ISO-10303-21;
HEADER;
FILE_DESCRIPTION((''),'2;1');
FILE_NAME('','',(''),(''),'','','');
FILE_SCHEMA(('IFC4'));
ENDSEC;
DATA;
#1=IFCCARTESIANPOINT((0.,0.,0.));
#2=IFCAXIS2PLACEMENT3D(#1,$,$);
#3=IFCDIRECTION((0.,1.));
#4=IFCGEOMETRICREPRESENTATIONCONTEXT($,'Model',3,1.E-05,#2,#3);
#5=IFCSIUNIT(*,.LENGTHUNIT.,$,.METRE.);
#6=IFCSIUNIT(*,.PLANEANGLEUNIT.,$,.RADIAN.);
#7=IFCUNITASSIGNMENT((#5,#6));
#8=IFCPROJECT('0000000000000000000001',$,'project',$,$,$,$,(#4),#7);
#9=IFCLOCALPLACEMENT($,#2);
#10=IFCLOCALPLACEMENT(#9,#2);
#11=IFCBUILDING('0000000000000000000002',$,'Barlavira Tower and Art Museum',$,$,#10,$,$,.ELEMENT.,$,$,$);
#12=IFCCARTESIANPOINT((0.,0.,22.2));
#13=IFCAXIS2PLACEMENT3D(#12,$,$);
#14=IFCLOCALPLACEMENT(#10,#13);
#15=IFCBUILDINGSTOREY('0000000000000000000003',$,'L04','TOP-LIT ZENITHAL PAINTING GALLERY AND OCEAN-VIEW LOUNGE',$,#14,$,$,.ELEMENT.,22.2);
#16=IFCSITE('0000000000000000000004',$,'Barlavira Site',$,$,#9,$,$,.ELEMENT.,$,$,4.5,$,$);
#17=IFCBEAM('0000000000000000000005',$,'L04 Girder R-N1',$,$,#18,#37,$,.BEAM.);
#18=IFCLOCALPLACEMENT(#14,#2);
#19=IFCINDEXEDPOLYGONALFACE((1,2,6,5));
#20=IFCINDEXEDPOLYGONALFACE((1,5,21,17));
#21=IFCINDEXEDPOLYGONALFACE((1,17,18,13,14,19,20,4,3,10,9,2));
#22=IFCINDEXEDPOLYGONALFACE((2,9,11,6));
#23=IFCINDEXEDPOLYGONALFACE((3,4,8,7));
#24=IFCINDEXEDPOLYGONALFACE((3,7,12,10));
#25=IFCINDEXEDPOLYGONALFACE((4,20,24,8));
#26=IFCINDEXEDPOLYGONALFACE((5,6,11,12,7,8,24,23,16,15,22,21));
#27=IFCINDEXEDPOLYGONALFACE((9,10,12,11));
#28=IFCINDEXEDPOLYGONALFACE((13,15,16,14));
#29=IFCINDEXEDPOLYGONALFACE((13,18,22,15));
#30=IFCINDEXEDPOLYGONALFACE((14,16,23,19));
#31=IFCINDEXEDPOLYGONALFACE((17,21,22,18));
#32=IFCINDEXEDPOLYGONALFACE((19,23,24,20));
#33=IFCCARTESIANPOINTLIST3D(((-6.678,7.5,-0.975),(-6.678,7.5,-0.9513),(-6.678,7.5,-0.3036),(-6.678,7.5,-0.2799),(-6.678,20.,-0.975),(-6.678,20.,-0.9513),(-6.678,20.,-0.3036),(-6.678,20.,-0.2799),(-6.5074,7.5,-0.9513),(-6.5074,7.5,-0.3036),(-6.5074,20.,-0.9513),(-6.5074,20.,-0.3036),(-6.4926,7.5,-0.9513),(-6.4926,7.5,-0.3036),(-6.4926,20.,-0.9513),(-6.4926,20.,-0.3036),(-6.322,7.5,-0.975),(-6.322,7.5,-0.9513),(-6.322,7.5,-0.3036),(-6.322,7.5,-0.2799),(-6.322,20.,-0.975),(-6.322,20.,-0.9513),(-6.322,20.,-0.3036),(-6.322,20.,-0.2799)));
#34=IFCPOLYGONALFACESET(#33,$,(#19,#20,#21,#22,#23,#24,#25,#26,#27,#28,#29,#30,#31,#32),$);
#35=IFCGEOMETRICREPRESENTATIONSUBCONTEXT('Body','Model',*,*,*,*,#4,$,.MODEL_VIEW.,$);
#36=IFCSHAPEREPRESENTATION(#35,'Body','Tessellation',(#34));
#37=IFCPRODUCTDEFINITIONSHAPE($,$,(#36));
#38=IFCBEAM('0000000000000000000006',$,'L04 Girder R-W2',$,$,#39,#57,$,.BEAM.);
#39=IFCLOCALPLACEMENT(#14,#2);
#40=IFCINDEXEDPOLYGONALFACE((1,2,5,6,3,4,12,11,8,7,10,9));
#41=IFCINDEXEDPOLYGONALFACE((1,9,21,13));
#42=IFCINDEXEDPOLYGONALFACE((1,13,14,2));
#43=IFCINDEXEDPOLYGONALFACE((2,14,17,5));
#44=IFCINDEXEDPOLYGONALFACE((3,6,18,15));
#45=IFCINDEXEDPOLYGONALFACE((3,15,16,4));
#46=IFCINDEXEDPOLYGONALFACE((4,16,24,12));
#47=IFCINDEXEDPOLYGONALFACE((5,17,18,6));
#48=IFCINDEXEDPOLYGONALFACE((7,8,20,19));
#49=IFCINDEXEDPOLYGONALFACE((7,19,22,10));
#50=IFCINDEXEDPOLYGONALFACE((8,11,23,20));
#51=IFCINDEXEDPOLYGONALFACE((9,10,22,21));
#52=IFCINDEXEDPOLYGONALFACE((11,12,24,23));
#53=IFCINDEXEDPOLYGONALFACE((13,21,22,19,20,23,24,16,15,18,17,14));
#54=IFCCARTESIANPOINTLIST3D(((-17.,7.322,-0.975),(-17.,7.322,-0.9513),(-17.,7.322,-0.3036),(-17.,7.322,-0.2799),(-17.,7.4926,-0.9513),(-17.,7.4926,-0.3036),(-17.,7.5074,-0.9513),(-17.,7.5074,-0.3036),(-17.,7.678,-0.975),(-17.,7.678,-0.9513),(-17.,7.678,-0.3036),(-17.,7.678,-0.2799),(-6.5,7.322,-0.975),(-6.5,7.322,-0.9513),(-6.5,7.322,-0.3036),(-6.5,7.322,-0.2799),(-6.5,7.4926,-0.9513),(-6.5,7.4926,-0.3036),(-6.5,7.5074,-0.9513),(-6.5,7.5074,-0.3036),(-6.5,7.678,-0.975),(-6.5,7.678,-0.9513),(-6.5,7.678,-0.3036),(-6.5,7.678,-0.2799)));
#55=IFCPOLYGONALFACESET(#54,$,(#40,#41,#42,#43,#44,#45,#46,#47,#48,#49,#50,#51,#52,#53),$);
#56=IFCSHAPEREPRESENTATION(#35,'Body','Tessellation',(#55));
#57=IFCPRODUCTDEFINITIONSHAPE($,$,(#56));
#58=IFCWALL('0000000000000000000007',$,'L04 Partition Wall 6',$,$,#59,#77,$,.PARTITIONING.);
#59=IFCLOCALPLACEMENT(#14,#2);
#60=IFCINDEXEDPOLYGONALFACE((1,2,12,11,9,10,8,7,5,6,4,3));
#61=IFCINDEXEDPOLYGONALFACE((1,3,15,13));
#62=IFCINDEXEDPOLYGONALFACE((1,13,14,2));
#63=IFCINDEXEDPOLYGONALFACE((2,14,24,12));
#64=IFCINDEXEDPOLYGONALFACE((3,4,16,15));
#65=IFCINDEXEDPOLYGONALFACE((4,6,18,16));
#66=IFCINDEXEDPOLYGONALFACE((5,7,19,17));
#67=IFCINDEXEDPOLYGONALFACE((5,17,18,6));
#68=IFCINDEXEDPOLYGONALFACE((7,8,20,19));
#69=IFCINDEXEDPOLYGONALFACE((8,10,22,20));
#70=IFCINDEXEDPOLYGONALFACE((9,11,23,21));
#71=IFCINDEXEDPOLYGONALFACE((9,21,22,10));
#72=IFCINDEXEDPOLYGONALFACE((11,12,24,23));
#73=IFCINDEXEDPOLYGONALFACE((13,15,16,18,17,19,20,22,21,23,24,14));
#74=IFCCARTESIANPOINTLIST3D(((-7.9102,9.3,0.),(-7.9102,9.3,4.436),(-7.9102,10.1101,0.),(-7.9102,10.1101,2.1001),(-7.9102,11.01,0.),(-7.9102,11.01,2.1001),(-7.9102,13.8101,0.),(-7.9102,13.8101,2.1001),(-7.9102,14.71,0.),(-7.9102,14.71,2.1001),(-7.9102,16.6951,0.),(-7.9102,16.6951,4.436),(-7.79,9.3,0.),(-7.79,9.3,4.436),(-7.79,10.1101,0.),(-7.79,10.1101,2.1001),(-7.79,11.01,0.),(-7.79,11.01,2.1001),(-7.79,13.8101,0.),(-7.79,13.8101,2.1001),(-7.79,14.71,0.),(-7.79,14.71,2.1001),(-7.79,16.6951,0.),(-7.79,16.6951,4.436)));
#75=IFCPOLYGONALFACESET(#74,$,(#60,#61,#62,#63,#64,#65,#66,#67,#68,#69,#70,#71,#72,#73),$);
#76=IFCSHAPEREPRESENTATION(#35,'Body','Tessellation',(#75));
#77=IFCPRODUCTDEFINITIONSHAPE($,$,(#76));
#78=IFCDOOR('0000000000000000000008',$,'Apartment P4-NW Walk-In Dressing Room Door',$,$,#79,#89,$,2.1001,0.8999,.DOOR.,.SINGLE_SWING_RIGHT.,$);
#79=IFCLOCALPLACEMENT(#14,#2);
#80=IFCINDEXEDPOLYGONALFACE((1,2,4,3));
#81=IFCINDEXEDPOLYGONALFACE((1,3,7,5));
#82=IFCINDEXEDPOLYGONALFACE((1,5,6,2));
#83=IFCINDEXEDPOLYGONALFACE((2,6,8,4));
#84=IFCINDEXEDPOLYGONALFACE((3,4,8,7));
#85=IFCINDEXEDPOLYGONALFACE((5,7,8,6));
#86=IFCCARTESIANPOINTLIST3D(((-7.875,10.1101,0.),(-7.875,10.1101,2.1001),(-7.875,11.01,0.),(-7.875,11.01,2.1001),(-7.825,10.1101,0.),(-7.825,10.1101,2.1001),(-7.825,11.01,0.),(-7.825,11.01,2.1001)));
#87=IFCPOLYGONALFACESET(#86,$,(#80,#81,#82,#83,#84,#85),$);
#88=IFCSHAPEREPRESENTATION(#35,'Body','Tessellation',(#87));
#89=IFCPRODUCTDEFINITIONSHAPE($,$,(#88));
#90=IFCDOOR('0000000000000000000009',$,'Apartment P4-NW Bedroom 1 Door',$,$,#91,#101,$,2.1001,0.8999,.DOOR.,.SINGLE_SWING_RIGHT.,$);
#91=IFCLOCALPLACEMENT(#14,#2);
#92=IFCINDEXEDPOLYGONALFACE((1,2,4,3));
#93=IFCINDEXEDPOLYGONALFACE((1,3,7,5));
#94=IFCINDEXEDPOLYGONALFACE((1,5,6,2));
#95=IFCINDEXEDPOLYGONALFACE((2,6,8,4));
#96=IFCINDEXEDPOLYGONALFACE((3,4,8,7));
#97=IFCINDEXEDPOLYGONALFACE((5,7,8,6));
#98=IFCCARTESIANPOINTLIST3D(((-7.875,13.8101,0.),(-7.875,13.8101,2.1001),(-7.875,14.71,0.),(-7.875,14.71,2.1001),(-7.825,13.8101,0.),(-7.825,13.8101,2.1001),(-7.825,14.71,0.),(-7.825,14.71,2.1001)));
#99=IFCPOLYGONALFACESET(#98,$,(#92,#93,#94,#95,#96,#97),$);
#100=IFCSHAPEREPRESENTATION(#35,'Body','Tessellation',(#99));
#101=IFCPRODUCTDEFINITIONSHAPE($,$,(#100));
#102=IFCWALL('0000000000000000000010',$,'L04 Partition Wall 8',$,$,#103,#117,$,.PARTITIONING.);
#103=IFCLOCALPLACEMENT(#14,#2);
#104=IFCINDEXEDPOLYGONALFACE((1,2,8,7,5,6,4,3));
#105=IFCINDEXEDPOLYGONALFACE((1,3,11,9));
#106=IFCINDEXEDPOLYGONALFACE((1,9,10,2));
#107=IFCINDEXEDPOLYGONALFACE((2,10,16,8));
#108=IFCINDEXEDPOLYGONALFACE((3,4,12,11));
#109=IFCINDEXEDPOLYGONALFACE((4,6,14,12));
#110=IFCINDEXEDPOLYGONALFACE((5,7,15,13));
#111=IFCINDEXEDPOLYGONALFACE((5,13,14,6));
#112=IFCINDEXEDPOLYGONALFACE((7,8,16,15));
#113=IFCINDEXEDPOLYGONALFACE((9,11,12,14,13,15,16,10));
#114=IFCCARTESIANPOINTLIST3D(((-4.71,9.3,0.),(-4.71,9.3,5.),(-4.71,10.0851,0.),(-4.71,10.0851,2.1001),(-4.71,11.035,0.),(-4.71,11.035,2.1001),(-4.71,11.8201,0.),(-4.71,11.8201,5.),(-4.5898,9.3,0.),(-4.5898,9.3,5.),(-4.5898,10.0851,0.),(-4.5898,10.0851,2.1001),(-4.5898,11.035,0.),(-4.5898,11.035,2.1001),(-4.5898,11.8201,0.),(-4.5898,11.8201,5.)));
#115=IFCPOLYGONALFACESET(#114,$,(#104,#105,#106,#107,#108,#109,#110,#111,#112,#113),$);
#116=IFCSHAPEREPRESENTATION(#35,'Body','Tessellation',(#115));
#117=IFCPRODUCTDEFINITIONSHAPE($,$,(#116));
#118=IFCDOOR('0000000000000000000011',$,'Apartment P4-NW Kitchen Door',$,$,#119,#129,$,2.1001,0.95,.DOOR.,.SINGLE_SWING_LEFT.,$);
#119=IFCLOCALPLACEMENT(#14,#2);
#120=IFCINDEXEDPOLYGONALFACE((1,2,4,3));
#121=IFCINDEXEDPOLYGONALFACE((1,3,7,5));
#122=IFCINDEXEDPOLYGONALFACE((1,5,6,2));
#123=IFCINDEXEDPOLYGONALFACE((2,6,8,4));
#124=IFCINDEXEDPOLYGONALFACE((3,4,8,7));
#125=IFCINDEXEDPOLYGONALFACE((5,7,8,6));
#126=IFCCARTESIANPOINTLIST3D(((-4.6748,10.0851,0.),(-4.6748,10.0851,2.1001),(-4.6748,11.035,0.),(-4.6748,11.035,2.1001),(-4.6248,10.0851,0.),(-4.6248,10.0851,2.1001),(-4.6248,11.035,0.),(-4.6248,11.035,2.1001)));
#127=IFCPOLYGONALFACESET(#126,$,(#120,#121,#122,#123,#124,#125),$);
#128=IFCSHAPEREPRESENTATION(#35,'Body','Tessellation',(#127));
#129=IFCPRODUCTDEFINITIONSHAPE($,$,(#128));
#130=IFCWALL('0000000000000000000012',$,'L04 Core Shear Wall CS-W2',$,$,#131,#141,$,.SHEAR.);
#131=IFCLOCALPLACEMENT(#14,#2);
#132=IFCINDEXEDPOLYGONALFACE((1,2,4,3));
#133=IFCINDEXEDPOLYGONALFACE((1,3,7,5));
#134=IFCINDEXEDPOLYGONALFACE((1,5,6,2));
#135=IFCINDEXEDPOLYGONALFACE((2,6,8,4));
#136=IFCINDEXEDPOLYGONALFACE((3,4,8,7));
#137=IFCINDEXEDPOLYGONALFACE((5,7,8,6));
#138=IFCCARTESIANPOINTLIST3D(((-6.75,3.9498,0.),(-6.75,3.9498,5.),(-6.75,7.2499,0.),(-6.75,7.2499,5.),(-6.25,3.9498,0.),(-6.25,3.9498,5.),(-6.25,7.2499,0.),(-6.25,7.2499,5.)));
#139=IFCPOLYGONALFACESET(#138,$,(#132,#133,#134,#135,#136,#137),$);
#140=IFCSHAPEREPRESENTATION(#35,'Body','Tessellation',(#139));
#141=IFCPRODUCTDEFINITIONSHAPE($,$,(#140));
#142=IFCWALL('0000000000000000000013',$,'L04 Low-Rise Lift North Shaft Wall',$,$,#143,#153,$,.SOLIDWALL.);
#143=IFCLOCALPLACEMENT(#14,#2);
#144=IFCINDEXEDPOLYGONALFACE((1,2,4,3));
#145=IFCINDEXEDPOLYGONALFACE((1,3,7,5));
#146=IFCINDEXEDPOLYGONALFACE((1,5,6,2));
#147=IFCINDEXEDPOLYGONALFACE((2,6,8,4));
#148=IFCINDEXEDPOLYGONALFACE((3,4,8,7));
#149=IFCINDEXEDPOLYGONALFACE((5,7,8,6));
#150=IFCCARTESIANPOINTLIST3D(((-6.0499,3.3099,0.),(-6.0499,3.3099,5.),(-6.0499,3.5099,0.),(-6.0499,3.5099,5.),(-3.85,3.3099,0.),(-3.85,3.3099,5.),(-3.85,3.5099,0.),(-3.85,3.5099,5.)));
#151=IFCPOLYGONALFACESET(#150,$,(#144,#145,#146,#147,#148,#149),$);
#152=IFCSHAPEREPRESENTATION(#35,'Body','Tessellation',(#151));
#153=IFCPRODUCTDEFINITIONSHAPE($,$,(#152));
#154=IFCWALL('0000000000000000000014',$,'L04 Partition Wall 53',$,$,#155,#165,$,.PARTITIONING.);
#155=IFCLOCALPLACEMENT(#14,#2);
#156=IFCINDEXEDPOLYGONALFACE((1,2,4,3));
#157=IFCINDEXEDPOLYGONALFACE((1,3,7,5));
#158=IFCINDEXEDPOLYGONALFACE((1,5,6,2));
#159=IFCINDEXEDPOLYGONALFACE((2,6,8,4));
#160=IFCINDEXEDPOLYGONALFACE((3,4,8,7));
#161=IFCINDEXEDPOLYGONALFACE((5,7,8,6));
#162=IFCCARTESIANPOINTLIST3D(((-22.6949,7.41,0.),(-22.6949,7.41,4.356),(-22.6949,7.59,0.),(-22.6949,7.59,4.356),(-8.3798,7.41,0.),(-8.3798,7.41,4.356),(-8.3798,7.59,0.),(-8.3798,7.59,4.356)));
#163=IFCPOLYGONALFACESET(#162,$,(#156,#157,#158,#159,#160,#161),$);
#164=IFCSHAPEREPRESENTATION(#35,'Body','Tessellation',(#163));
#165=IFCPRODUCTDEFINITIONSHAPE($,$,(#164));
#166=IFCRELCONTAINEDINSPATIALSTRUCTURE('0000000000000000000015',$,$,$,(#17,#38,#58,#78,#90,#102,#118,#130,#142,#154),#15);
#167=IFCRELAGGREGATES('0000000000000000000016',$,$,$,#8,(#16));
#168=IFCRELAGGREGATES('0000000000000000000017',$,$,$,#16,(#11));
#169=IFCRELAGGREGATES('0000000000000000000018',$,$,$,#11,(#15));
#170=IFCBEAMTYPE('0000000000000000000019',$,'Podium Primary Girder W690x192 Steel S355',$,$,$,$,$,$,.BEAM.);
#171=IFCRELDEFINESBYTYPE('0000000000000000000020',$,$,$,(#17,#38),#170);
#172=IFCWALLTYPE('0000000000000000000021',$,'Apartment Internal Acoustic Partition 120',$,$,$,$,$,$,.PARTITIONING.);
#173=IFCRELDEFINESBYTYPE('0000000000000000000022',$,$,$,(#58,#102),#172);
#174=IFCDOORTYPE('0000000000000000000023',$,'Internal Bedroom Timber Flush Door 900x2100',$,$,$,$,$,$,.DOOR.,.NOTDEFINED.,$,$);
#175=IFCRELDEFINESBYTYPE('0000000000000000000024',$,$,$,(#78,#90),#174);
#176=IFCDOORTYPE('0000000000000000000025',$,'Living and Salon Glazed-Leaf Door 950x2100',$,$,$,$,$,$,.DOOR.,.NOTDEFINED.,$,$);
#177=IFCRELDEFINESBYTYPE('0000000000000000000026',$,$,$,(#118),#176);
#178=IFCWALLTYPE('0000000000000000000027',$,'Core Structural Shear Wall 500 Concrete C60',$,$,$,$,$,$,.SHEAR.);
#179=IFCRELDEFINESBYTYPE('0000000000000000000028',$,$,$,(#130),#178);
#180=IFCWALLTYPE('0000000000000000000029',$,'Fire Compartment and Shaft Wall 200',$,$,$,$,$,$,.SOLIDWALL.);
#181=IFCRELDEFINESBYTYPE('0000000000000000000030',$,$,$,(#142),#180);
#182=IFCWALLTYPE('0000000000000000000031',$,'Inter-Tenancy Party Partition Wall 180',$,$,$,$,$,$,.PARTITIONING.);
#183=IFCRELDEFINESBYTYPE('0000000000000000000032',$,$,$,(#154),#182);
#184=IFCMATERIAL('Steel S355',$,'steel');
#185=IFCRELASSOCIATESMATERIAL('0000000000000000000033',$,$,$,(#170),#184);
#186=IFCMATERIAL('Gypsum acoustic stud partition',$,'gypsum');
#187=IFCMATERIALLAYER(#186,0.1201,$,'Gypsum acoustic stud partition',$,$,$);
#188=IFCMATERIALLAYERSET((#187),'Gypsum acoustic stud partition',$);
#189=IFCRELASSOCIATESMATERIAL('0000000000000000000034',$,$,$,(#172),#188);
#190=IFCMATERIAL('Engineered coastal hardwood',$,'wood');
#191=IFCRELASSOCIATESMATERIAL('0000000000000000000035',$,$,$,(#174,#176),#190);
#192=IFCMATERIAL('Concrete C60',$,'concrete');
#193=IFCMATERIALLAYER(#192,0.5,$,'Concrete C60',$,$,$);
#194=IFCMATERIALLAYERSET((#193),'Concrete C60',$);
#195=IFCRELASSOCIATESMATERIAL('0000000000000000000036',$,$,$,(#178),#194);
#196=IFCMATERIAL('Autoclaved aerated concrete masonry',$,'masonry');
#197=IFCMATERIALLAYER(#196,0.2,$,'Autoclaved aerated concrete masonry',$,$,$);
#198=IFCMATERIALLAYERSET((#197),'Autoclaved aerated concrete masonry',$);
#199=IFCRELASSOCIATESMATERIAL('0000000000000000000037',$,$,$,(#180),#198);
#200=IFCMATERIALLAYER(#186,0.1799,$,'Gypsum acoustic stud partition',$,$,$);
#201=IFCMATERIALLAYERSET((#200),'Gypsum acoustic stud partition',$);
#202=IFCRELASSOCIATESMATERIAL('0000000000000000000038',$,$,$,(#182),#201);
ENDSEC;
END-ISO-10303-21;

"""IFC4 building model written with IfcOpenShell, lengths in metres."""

from ifc_helpers import new_model, si_unit, direction, frame, frame_2d, origin, origin_2d, place, context, subcontext, project, spatial, rectangle, i_section, extrude, material, layer, layer_set, material_profile, profile_set, type_object, element, fill, save


model = new_model("IFC4")

# Units and contexts
model_context = context("Model", 3, precision=1e-05, world=origin(), true_north=direction((0.0, 1.0)))
body_context = subcontext(model_context, "Body", "Model", "MODEL_VIEW")
ifc_project = project(units=[si_unit("LENGTHUNIT", "METRE"), si_unit("PLANEANGLEUNIT", "RADIAN")], contexts=[model_context])

# Site, building, storey
site_placement = place(None, origin())
site = spatial("IfcSite", under=ifc_project, at=site_placement, Name="Barlavira Site", CompositionType="ELEMENT", RefElevation=4.5)
building_placement = place(site_placement, origin())
building = spatial("IfcBuilding", under=site, at=building_placement, Name="Barlavira Tower and Art Museum", CompositionType="ELEMENT")
storey_placement = place(building_placement, frame((0.0, 0.0, 22.2)))
storey = spatial("IfcBuildingStorey", under=building, at=storey_placement, Name="L04", Description="TOP-LIT ZENITHAL PAINTING GALLERY AND OCEAN-VIEW LOUNGE", CompositionType="ELEMENT", Elevation=22.2)

# Shared definitions
ifc_material_1 = material(Name="Steel S355", Category="steel")
ifc_material_2 = material(Name="Concrete C60", Category="concrete")

# Beams
ifc_material_profile_1 = material_profile(ifc_material_1, i_section(OverallWidth=0.356, OverallDepth=0.6951, WebThickness=0.0149, FlangeThickness=0.0237, at=origin_2d()), Name="W690x192.0")
ifc_profile_set_1 = profile_set([ifc_material_profile_1], Name="Steel S355")
beam_type_1 = type_object("IfcBeamType", Name="Podium Primary Girder W690x192 Steel S355", PredefinedType="BEAM", material=ifc_profile_set_1)
beam_1_placement = place(storey_placement, frame((-6.5, 7.5, -0.6274), z_axis=(0.0, 1.0, 0.0), x_axis=(-1.0, 0.0, 0.0)))
element("IfcBeam", 1, at=beam_1_placement, inside=storey, type_object=beam_type_1, Name="L04 Girder R-N1", PredefinedType="BEAM", context=body_context, shape_type="SweptSolid", body=[
    extrude(i_section(OverallWidth=0.356, OverallDepth=0.6951, WebThickness=0.0149, FlangeThickness=0.0237, at=origin_2d()), origin(), (0.0, 0.0, 1.0), 12.5),
])
beam_2_placement = place(storey_placement, frame((-17.0, 7.5, -0.6274), z_axis=(1.0, 0.0, 0.0), x_axis=(0.0, 1.0, 0.0)))
element("IfcBeam", 2, at=beam_2_placement, inside=storey, type_object=beam_type_1, Name="L04 Girder R-W2", PredefinedType="BEAM", context=body_context, shape_type="SweptSolid", body=[
    extrude(i_section(OverallWidth=0.356, OverallDepth=0.6951, WebThickness=0.0149, FlangeThickness=0.0237, at=origin_2d()), origin(), (0.0, 0.0, 1.0), 10.5),
])

# Wall, openings, doors
ifc_material_3 = material(Name="Gypsum acoustic stud partition", Category="gypsum")
ifc_layer_1 = layer(ifc_material_3, 0.1201, Name="Gypsum acoustic stud partition")
ifc_layer_set_1 = layer_set([ifc_layer_1], Name="Gypsum acoustic stud partition")
wall_type_1 = type_object("IfcWallType", Name="Apartment Internal Acoustic Partition 120", PredefinedType="PARTITIONING", material=ifc_layer_set_1)
wall_1_placement = place(storey_placement, frame((-7.8501, 9.3, 0.0), z_axis=(0.0, 0.0, 1.0), x_axis=(0.0, 1.0, 0.0)))
wall_1 = element("IfcWall", 3, at=wall_1_placement, inside=storey, type_object=wall_type_1, Name="L04 Partition Wall 6", PredefinedType="PARTITIONING", context=body_context, shape_type="SweptSolid", body=[
    extrude(rectangle(XDim=7.395, YDim=0.1201, at=frame_2d((3.6975, 0.0))), origin(), (0.0, 0.0, 1.0), 4.436),
])
opening_1_placement = place(wall_1_placement, frame((0.8101, 0.0, 0.0)))
opening_1 = element("IfcOpeningElement", 4, at=opening_1_placement, cuts=wall_1, PredefinedType="OPENING", context=body_context, shape_type="SweptSolid", body=[
    extrude(rectangle(XDim=0.8999, YDim=2.1001, at=frame_2d((0.45, 1.05))), frame((0.0, 0.0701, 0.0), z_axis=(0.0, -1.0, 0.0), x_axis=(1.0, 0.0, 0.0)), (0.0, 0.0, 1.0), 0.1401),
])
opening_2_placement = place(wall_1_placement, frame((4.51, 0.0, 0.0)))
opening_2 = element("IfcOpeningElement", 5, at=opening_2_placement, cuts=wall_1, PredefinedType="OPENING", context=body_context, shape_type="SweptSolid", body=[
    extrude(rectangle(XDim=0.8999, YDim=2.1001, at=frame_2d((0.45, 1.05))), frame((0.0, 0.0701, 0.0), z_axis=(0.0, -1.0, 0.0), x_axis=(1.0, 0.0, 0.0)), (0.0, 0.0, 1.0), 0.1401),
])
ifc_material_4 = material(Name="Engineered coastal hardwood", Category="wood")
door_type_1 = type_object("IfcDoorType", Name="Internal Bedroom Timber Flush Door 900x2100", OperationType="NOTDEFINED", PredefinedType="DOOR", material=ifc_material_4)
door_1_placement = place(opening_1_placement, origin())
door_1 = element("IfcDoor", 6, at=door_1_placement, inside=storey, type_object=door_type_1, Name="Apartment P4-NW Walk-In Dressing Room Door", OperationType="SINGLE_SWING_RIGHT", OverallHeight=2.1001, OverallWidth=0.8999, PredefinedType="DOOR", context=body_context, shape_type="SweptSolid", body=[
    extrude(rectangle(XDim=0.8999, YDim=2.1001, at=frame_2d((0.45, 1.05))), frame((0.0, 0.0249, 0.0), z_axis=(0.0, -1.0, 0.0), x_axis=(1.0, 0.0, 0.0)), (0.0, 0.0, 1.0), 0.05),
])
fill(opening_1, door_1)
door_2_placement = place(opening_2_placement, origin())
door_2 = element("IfcDoor", 7, at=door_2_placement, inside=storey, type_object=door_type_1, Name="Apartment P4-NW Bedroom 1 Door", OperationType="SINGLE_SWING_RIGHT", OverallHeight=2.1001, OverallWidth=0.8999, PredefinedType="DOOR", context=body_context, shape_type="SweptSolid", body=[
    extrude(rectangle(XDim=0.8999, YDim=2.1001, at=frame_2d((0.45, 1.05))), frame((0.0, 0.0249, 0.0), z_axis=(0.0, -1.0, 0.0), x_axis=(1.0, 0.0, 0.0)), (0.0, 0.0, 1.0), 0.05),
])
fill(opening_2, door_2)

# Wall, opening, door
wall_2_placement = place(storey_placement, frame((-4.6499, 9.3, 0.0), z_axis=(0.0, 0.0, 1.0), x_axis=(0.0, 1.0, 0.0)))
wall_2 = element("IfcWall", 8, at=wall_2_placement, inside=storey, type_object=wall_type_1, Name="L04 Partition Wall 8", PredefinedType="PARTITIONING", context=body_context, shape_type="SweptSolid", body=[
    extrude(rectangle(XDim=2.52, YDim=0.1201, at=frame_2d((1.26, 0.0))), origin(), (0.0, 0.0, 1.0), 5.0),
])
opening_3_placement = place(wall_2_placement, frame((0.7849, 0.0, 0.0)))
opening_3 = element("IfcOpeningElement", 9, at=opening_3_placement, cuts=wall_2, PredefinedType="OPENING", context=body_context, shape_type="SweptSolid", body=[
    extrude(rectangle(XDim=0.95, YDim=2.1001, at=frame_2d((0.4751, 1.05))), frame((0.0, 0.0701, 0.0), z_axis=(0.0, -1.0, 0.0), x_axis=(1.0, 0.0, 0.0)), (0.0, 0.0, 1.0), 0.1401),
])
door_type_2 = type_object("IfcDoorType", Name="Living and Salon Glazed-Leaf Door 950x2100", OperationType="NOTDEFINED", PredefinedType="DOOR", material=ifc_material_4)
door_3_placement = place(opening_3_placement, origin())
door_3 = element("IfcDoor", 10, at=door_3_placement, inside=storey, type_object=door_type_2, Name="Apartment P4-NW Kitchen Door", OperationType="SINGLE_SWING_LEFT", OverallHeight=2.1001, OverallWidth=0.95, PredefinedType="DOOR", context=body_context, shape_type="SweptSolid", body=[
    extrude(rectangle(XDim=0.95, YDim=2.1001, at=frame_2d((0.4751, 1.05))), frame((0.0, 0.0249, 0.0), z_axis=(0.0, -1.0, 0.0), x_axis=(1.0, 0.0, 0.0)), (0.0, 0.0, 1.0), 0.05),
])
fill(opening_3, door_3)
ifc_layer_2 = layer(ifc_material_2, 0.5, Name="Concrete C60")
ifc_layer_set_2 = layer_set([ifc_layer_2], Name="Concrete C60")
wall_type_2 = type_object("IfcWallType", Name="Core Structural Shear Wall 500 Concrete C60", PredefinedType="SHEAR", material=ifc_layer_set_2)

# Walls
wall_3_placement = place(storey_placement, frame((-6.5, 3.95, 0.0), z_axis=(0.0, 0.0, 1.0), x_axis=(0.0, 1.0, 0.0)))
element("IfcWall", 11, at=wall_3_placement, inside=storey, type_object=wall_type_2, Name="L04 Core Shear Wall CS-W2", PredefinedType="SHEAR", context=body_context, shape_type="SweptSolid", body=[
    extrude(rectangle(XDim=3.3, YDim=0.5, at=frame_2d((1.6499, 0.0))), origin(), (0.0, 0.0, 1.0), 5.0),
])
ifc_material_5 = material(Name="Autoclaved aerated concrete masonry", Category="masonry")
ifc_layer_3 = layer(ifc_material_5, 0.2, Name="Autoclaved aerated concrete masonry")
ifc_layer_set_3 = layer_set([ifc_layer_3], Name="Autoclaved aerated concrete masonry")
wall_type_3 = type_object("IfcWallType", Name="Fire Compartment and Shaft Wall 200", PredefinedType="SOLIDWALL", material=ifc_layer_set_3)
wall_4_placement = place(storey_placement, frame((-6.05, 3.4099, 0.0), z_axis=(0.0, 0.0, 1.0), x_axis=(1.0, 0.0, 0.0)))
element("IfcWall", 12, at=wall_4_placement, inside=storey, type_object=wall_type_3, Name="L04 Low-Rise Lift North Shaft Wall", PredefinedType="SOLIDWALL", context=body_context, shape_type="SweptSolid", body=[
    extrude(rectangle(XDim=2.2, YDim=0.2, at=frame_2d((1.1001, 0.0))), origin(), (0.0, 0.0, 1.0), 5.0),
])
ifc_layer_4 = layer(ifc_material_3, 0.1799, Name="Gypsum acoustic stud partition")
ifc_layer_set_4 = layer_set([ifc_layer_4], Name="Gypsum acoustic stud partition")
wall_type_4 = type_object("IfcWallType", Name="Inter-Tenancy Party Partition Wall 180", PredefinedType="PARTITIONING", material=ifc_layer_set_4)
wall_5_placement = place(storey_placement, frame((-22.6951, 7.5, 0.0), z_axis=(0.0, 0.0, 1.0), x_axis=(1.0, 0.0, 0.0)))
element("IfcWall", 13, at=wall_5_placement, inside=storey, type_object=wall_type_4, Name="L04 Partition Wall 53", PredefinedType="PARTITIONING", context=body_context, shape_type="SweptSolid", body=[
    extrude(rectangle(XDim=14.3152, YDim=0.1799, at=frame_2d((7.1577, 0.0))), origin(), (0.0, 0.0, 1.0), 4.356),
])

save(model, "model.ifc")
